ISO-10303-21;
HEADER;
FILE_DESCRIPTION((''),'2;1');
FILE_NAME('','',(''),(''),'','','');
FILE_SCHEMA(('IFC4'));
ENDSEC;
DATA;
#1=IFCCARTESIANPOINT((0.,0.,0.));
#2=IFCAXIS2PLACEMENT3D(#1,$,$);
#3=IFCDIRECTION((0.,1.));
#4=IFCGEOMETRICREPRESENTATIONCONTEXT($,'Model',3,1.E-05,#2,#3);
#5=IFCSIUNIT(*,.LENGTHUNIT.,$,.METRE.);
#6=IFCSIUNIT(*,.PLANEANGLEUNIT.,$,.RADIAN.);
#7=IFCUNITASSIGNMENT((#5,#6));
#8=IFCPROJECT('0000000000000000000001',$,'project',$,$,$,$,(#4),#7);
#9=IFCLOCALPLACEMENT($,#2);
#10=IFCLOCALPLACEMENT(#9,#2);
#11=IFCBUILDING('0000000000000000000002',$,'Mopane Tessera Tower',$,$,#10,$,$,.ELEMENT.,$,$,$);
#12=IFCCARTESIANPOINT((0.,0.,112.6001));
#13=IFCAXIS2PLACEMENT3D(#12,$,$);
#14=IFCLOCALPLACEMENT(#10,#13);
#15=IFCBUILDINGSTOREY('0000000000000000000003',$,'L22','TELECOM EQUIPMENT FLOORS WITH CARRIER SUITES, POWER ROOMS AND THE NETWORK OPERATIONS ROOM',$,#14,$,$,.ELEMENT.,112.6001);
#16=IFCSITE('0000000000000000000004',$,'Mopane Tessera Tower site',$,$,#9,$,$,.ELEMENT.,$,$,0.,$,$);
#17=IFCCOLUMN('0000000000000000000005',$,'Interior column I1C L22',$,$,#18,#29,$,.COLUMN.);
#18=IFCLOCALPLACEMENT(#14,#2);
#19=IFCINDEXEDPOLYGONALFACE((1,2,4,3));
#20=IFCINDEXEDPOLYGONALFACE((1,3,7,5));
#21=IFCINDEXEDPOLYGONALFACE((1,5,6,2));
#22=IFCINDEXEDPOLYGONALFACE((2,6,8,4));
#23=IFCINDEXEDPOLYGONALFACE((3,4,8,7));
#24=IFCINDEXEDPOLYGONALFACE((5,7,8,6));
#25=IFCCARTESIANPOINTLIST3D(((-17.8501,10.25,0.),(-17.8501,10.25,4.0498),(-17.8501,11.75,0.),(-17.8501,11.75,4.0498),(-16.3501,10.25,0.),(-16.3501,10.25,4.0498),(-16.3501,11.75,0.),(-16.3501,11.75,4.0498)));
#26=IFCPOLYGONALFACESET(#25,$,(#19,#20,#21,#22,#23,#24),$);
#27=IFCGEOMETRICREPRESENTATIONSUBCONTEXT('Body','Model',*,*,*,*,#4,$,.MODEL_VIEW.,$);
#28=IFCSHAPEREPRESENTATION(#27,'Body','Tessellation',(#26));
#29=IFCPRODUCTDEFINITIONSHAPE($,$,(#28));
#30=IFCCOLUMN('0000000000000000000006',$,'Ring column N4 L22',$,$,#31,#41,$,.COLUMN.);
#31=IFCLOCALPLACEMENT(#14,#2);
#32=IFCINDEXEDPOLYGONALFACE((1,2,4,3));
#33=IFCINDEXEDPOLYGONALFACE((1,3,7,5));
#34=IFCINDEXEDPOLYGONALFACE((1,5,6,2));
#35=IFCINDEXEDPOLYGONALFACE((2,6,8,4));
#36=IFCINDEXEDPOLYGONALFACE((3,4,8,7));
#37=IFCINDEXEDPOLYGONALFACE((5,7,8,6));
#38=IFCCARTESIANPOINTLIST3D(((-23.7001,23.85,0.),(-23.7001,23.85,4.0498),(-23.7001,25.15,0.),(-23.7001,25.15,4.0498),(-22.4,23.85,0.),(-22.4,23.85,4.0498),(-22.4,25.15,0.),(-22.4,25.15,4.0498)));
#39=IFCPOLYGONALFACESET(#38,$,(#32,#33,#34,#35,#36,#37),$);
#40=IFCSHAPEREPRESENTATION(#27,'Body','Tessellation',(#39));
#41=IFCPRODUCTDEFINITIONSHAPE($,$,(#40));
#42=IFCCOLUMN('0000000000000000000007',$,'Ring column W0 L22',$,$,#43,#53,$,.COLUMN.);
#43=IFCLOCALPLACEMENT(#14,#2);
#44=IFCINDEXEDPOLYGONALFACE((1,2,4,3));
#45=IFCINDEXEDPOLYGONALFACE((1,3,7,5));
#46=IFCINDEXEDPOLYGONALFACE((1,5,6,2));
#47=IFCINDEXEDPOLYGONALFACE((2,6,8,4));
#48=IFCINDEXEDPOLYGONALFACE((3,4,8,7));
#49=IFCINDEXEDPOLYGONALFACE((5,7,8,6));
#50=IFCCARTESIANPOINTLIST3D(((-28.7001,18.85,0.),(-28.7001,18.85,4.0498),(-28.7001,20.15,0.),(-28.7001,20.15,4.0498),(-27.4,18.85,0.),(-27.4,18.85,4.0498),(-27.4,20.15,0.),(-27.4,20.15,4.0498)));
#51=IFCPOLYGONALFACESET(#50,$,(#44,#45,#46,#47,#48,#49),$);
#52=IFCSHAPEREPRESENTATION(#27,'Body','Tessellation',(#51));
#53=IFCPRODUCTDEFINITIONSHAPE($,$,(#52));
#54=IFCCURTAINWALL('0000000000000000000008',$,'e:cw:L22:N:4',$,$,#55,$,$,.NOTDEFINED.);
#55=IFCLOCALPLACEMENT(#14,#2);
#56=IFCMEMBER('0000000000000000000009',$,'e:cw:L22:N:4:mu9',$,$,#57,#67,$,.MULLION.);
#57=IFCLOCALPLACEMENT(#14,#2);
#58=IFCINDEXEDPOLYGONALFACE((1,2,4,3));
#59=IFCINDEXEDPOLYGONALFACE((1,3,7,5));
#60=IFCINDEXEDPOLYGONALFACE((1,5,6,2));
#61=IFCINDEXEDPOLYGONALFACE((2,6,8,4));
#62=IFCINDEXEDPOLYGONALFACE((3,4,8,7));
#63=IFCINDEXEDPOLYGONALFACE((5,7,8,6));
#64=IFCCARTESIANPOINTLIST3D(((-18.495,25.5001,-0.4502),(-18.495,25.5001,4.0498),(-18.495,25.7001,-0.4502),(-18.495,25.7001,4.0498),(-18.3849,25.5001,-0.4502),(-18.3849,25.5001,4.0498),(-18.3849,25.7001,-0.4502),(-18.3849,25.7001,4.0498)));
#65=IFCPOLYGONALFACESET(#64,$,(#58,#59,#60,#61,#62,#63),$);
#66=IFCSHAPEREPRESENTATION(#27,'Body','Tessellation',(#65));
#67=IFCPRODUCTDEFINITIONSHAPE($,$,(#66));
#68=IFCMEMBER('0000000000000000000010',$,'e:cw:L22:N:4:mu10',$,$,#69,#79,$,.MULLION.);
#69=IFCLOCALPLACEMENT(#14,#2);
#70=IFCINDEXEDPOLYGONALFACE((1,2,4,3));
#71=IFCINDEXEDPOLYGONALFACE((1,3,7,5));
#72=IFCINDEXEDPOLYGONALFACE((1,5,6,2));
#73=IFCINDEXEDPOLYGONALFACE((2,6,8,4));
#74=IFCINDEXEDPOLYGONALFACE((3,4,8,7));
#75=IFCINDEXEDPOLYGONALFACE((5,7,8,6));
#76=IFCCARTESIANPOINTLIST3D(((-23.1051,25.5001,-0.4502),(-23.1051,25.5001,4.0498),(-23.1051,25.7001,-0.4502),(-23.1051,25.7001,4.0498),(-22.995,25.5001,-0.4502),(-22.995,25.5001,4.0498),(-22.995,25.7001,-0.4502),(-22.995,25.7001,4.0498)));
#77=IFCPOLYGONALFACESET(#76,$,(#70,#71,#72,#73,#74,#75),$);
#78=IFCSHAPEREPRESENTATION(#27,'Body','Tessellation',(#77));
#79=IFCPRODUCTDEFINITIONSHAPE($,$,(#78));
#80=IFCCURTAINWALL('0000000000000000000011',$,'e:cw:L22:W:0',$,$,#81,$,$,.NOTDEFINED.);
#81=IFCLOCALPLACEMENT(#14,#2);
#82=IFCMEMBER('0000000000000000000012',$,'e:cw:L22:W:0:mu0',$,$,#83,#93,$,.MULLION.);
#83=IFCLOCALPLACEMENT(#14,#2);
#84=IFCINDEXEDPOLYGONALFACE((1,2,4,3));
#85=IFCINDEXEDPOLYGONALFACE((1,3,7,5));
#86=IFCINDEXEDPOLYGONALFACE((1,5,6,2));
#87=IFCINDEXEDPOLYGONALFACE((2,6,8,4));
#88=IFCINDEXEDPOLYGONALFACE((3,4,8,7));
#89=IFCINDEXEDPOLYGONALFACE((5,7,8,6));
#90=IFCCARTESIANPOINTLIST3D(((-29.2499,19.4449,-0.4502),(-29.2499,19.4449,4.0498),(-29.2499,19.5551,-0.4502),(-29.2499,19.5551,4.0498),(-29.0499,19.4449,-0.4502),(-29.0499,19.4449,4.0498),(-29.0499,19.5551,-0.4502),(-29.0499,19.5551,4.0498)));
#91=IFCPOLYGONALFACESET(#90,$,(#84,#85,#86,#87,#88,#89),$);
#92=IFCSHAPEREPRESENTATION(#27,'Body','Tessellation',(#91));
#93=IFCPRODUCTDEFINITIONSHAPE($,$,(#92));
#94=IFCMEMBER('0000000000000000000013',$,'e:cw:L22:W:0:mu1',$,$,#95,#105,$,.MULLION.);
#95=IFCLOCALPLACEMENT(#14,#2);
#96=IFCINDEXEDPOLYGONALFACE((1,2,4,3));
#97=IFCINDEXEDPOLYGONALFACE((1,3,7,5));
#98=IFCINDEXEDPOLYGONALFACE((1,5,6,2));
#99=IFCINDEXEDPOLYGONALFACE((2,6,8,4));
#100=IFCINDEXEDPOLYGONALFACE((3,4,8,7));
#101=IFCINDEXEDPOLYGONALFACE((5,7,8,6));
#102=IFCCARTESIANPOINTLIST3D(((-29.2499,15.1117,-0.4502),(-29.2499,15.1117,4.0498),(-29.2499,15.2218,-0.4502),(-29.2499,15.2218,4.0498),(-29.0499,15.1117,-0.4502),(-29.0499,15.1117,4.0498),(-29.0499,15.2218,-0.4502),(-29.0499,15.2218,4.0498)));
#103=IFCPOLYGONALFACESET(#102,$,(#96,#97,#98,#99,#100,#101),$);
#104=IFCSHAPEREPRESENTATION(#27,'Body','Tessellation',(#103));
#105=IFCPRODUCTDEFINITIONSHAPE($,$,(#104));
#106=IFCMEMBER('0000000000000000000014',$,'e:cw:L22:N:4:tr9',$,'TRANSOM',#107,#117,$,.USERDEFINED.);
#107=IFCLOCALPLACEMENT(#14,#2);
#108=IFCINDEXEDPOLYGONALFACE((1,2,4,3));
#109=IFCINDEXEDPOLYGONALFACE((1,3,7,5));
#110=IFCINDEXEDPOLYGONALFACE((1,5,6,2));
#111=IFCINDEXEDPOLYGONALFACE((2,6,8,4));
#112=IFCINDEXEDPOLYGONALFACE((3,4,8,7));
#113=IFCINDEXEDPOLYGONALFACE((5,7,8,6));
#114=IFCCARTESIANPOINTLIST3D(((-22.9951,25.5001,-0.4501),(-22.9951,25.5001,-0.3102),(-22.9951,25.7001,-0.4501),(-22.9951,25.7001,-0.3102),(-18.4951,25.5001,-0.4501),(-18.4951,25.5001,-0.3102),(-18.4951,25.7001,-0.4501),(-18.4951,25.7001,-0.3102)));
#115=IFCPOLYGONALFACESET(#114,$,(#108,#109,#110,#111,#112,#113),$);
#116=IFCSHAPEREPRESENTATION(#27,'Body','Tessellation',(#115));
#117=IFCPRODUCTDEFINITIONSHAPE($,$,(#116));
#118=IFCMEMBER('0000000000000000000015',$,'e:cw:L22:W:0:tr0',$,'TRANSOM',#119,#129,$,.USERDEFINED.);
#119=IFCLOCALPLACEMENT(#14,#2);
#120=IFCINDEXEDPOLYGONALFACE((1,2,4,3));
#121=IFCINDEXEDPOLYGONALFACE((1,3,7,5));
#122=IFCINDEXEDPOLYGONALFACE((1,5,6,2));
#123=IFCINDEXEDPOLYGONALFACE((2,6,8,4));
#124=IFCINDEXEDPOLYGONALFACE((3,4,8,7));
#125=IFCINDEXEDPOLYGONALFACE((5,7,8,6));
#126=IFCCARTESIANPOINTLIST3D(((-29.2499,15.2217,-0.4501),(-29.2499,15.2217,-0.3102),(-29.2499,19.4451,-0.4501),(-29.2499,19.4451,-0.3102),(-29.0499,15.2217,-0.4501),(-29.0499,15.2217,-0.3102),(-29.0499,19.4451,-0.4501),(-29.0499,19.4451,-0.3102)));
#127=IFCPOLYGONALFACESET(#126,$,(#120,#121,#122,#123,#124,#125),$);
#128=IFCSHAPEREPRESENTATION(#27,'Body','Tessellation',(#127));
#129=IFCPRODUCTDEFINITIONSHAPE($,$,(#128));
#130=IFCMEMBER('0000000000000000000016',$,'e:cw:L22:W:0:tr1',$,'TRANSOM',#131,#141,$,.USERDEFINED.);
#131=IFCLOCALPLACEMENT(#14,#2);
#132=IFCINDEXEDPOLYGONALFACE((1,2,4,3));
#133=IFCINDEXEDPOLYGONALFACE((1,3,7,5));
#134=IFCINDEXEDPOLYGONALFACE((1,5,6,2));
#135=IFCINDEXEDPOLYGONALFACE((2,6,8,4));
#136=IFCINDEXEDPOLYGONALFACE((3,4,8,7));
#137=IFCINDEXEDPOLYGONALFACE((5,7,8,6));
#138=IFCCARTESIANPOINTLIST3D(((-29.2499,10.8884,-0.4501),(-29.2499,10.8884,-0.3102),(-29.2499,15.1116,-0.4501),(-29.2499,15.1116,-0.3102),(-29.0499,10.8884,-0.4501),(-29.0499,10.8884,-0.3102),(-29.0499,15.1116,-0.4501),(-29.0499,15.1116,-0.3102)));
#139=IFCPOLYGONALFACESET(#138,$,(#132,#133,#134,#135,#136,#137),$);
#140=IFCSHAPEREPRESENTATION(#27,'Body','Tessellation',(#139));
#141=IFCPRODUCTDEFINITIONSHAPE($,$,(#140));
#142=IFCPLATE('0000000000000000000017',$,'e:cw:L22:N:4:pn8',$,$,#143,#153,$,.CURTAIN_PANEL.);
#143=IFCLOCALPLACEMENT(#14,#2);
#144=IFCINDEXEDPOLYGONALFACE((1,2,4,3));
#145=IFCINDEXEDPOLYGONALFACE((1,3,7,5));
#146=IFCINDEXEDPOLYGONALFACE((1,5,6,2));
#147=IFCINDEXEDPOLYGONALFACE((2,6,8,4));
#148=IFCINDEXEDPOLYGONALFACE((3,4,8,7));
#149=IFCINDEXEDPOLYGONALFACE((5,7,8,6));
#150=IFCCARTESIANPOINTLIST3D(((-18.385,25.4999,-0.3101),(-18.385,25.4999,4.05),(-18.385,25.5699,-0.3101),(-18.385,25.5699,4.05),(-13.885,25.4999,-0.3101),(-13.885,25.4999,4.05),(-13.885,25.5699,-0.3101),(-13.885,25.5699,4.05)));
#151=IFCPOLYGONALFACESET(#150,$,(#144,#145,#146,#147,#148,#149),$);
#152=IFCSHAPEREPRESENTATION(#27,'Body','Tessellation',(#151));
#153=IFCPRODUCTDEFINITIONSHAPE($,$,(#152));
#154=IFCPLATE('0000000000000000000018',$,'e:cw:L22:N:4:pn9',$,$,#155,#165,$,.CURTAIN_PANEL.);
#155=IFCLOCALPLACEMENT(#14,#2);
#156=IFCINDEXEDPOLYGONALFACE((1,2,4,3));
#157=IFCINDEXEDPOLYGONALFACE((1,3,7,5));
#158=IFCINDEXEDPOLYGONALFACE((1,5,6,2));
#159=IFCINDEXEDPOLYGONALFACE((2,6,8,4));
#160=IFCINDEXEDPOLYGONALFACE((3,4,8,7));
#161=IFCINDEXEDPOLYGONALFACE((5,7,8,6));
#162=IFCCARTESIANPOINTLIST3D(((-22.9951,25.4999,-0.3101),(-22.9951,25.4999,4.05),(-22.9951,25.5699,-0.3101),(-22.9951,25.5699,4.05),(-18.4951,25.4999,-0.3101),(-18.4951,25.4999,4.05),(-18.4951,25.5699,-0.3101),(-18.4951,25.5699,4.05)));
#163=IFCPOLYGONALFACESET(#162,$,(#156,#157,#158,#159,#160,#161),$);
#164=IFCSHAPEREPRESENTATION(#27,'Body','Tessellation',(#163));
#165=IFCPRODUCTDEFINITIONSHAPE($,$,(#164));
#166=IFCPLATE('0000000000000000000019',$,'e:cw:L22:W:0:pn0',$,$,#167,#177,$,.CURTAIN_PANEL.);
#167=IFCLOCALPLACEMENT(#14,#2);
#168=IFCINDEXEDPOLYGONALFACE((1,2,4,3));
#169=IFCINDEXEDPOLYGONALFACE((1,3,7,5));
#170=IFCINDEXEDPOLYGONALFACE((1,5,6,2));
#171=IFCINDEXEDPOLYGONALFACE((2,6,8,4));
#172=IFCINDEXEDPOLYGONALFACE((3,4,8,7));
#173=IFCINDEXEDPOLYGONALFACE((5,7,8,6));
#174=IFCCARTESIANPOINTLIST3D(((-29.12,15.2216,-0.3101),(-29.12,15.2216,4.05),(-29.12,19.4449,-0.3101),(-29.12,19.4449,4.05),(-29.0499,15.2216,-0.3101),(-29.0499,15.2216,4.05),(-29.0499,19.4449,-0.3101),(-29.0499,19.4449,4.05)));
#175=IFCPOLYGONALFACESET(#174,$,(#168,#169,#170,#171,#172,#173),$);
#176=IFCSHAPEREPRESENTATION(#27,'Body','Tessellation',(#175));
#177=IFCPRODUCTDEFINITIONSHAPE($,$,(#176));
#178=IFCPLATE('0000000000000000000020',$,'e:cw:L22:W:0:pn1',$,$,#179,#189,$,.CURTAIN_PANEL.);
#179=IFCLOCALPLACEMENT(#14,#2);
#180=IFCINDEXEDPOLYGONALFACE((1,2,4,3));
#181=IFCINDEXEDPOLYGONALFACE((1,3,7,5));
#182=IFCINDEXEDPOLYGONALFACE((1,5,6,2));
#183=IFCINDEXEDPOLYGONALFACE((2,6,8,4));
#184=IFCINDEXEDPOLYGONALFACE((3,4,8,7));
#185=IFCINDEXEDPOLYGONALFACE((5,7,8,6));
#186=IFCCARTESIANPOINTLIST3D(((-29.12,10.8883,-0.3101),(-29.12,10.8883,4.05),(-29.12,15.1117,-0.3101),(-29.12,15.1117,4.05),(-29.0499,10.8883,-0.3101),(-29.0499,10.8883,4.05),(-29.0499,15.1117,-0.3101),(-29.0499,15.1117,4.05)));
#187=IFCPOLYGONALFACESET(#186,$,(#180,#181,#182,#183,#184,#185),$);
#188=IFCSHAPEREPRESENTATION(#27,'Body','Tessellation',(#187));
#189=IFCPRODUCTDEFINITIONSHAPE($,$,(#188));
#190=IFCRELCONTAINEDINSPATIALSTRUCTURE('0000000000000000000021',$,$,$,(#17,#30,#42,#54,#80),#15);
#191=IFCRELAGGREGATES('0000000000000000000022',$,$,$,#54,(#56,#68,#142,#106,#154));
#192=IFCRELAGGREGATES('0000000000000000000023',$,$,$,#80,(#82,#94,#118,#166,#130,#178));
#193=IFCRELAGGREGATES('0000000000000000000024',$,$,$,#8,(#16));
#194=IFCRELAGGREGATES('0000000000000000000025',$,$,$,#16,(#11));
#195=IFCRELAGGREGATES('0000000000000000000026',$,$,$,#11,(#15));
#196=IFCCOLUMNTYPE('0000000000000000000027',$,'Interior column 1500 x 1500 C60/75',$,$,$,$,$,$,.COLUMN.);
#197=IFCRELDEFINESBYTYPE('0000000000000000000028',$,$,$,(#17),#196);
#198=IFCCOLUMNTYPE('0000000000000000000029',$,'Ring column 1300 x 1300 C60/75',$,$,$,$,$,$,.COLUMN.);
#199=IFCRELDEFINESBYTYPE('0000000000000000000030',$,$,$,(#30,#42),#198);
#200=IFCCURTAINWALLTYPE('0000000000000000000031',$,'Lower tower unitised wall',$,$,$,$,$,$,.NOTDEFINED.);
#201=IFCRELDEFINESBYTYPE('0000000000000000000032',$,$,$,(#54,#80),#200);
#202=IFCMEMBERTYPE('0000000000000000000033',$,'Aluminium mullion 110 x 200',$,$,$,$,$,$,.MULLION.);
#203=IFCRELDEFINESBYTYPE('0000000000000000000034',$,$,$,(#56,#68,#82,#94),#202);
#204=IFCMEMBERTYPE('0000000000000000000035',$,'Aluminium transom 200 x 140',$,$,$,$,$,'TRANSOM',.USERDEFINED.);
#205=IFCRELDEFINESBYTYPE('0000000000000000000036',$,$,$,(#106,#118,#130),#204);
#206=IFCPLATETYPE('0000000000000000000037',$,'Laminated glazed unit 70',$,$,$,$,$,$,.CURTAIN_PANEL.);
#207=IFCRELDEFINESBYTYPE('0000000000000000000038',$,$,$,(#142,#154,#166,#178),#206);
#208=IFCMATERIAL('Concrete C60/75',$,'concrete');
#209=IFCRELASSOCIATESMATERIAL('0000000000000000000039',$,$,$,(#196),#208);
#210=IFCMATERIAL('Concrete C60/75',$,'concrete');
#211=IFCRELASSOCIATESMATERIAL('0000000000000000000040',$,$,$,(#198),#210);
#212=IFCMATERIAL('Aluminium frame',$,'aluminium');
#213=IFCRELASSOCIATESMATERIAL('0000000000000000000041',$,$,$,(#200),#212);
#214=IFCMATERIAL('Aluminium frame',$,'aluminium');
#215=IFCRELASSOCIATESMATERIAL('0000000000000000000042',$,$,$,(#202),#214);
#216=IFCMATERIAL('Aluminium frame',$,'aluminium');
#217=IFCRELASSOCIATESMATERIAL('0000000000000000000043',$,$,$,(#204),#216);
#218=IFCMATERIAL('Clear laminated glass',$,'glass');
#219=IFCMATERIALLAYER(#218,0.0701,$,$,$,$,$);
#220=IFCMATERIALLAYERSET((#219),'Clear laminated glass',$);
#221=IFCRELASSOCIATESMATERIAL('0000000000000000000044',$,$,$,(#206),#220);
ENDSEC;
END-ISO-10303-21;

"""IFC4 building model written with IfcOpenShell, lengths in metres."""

from ifc_helpers import new_model, si_unit, direction, frame, origin, origin_2d, place, context, subcontext, project, spatial, rectangle, extrude, material, layer, layer_set, material_profile, profile_set, type_object, element, aggregate, save


model = new_model("IFC4")

# Units and contexts
model_context = context("Model", 3, precision=1e-05, world=origin(), true_north=direction((0.0, 1.0)))
body_context = subcontext(model_context, "Body", "Model", "MODEL_VIEW")
ifc_project = project(units=[si_unit("LENGTHUNIT", "METRE"), si_unit("PLANEANGLEUNIT", "RADIAN")], contexts=[model_context])

# Site, building, storey
site_placement = place(None, origin())
site = spatial("IfcSite", under=ifc_project, at=site_placement, Name="Mopane Tessera Tower site", CompositionType="ELEMENT", RefElevation=0.0)
building_placement = place(site_placement, origin())
building = spatial("IfcBuilding", under=site, at=building_placement, Name="Mopane Tessera Tower", CompositionType="ELEMENT")
storey_placement = place(building_placement, frame((0.0, 0.0, 112.6001)))
storey = spatial("IfcBuildingStorey", under=building, at=storey_placement, Name="L22", Description="TELECOM EQUIPMENT FLOORS WITH CARRIER SUITES, POWER ROOMS AND THE NETWORK OPERATIONS ROOM", CompositionType="ELEMENT", Elevation=112.6001)

# Columns
ifc_material_1 = material(Name="Concrete C60/75", Category="concrete")
ifc_material_profile_1 = material_profile(ifc_material_1, rectangle(XDim=1.5, YDim=1.5, at=origin_2d()))
ifc_profile_set_1 = profile_set([ifc_material_profile_1], Name="Concrete C60/75")
column_type_1 = type_object("IfcColumnType", Name="Interior column 1500 x 1500 C60/75", PredefinedType="COLUMN", material=ifc_profile_set_1)
column_placement = place(storey_placement, frame((-17.1001, 11.0, 0.0), z_axis=(0.0, 0.0, 1.0), x_axis=(1.0, 0.0, 0.0)))
element("IfcColumn", 1, at=column_placement, inside=storey, type_object=column_type_1, Name="Interior column I1C L22", PredefinedType="COLUMN", context=body_context, shape_type="SweptSolid", body=[
    extrude(rectangle(XDim=1.5, YDim=1.5, at=origin_2d()), origin(), (0.0, 0.0, 1.0), 4.0498),
])
ifc_material_2 = material(Name="Concrete C60/75", Category="concrete")
ifc_material_profile_2 = material_profile(ifc_material_2, rectangle(XDim=1.3, YDim=1.3, at=origin_2d()))
ifc_profile_set_2 = profile_set([ifc_material_profile_2], Name="Concrete C60/75")
column_type_2 = type_object("IfcColumnType", Name="Ring column 1300 x 1300 C60/75", PredefinedType="COLUMN", material=ifc_profile_set_2)
for number, where, z_axis, x_axis, name in (
    (2, (-23.05, 24.5, 0.0), (0.0, 0.0, 1.0), (1.0, 0.0, 0.0), "Ring column N4 L22"),
    (3, (-28.05, 19.5, 0.0), (0.0, 0.0, 1.0), (1.0, 0.0, 0.0), "Ring column W0 L22"),
):
    element("IfcColumn", number, at=place(storey_placement, frame(where, z_axis=z_axis, x_axis=x_axis)), inside=storey, type_object=column_type_2, Name=name, PredefinedType="COLUMN", context=body_context, shape_type="SweptSolid", body=[
        extrude(rectangle(XDim=1.3, YDim=1.3, at=origin_2d()), origin(), (0.0, 0.0, 1.0), 4.0498),
    ])

# Curtain walls, members
ifc_material_3 = material(Name="Aluminium frame", Category="aluminium")
curtain_wall_type = type_object("IfcCurtainWallType", Name="Lower tower unitised wall", PredefinedType="NOTDEFINED", material=ifc_material_3)
curtain_wall_1_placement = place(storey_placement, origin())
curtain_wall_1 = element("IfcCurtainWall", 4, at=curtain_wall_1_placement, inside=storey, type_object=curtain_wall_type, Name="e:cw:L22:N:4", PredefinedType="NOTDEFINED")
ifc_material_4 = material(Name="Aluminium frame", Category="aluminium")
ifc_material_profile_3 = material_profile(ifc_material_4, rectangle(XDim=0.1101, YDim=0.2, at=origin_2d()))
ifc_profile_set_3 = profile_set([ifc_material_profile_3], Name="Aluminium frame")
member_type_1 = type_object("IfcMemberType", Name="Aluminium mullion 110 x 200", PredefinedType="MULLION", material=ifc_profile_set_3)
member_1_placement = place(storey_placement, frame((-18.4399, 25.6001, -0.4502), z_axis=(0.0, 0.0, 1.0), x_axis=(-1.0, 0.0, 0.0)))
member_1 = element("IfcMember", 5, at=member_1_placement, type_object=member_type_1, Name="e:cw:L22:N:4:mu9", PredefinedType="MULLION", context=body_context, shape_type="SweptSolid", body=[
    extrude(rectangle(XDim=0.1101, YDim=0.2, at=origin_2d()), origin(), (0.0, 0.0, 1.0), 4.5),
])
member_2_placement = place(storey_placement, frame((-23.05, 25.6001, -0.4502), z_axis=(0.0, 0.0, 1.0), x_axis=(-1.0, 0.0, 0.0)))
member_2 = element("IfcMember", 6, at=member_2_placement, type_object=member_type_1, Name="e:cw:L22:N:4:mu10", PredefinedType="MULLION", context=body_context, shape_type="SweptSolid", body=[
    extrude(rectangle(XDim=0.1101, YDim=0.2, at=origin_2d()), origin(), (0.0, 0.0, 1.0), 4.5),
])
curtain_wall_2_placement = place(storey_placement, origin())
curtain_wall_2 = element("IfcCurtainWall", 7, at=curtain_wall_2_placement, inside=storey, type_object=curtain_wall_type, Name="e:cw:L22:W:0", PredefinedType="NOTDEFINED")
member_3_placement = place(storey_placement, frame((-29.1499, 19.5, -0.4502), z_axis=(0.0, 0.0, 1.0), x_axis=(0.0, -1.0, 0.0)))
member_3 = element("IfcMember", 8, at=member_3_placement, type_object=member_type_1, Name="e:cw:L22:W:0:mu0", PredefinedType="MULLION", context=body_context, shape_type="SweptSolid", body=[
    extrude(rectangle(XDim=0.1101, YDim=0.2, at=origin_2d()), origin(), (0.0, 0.0, 1.0), 4.5),
])
member_4_placement = place(storey_placement, frame((-29.1499, 15.1667, -0.4502), z_axis=(0.0, 0.0, 1.0), x_axis=(0.0, -1.0, 0.0)))
member_4 = element("IfcMember", 9, at=member_4_placement, type_object=member_type_1, Name="e:cw:L22:W:0:mu1", PredefinedType="MULLION", context=body_context, shape_type="SweptSolid", body=[
    extrude(rectangle(XDim=0.1101, YDim=0.2, at=origin_2d()), origin(), (0.0, 0.0, 1.0), 4.5),
])

# Members
ifc_material_5 = material(Name="Aluminium frame", Category="aluminium")
ifc_material_profile_4 = material_profile(ifc_material_5, rectangle(XDim=0.2, YDim=0.1399, at=origin_2d()))
ifc_profile_set_4 = profile_set([ifc_material_profile_4], Name="Aluminium frame")
member_type_2 = type_object("IfcMemberType", Name="Aluminium transom 200 x 140", ElementType="TRANSOM", PredefinedType="USERDEFINED", material=ifc_profile_set_4)
member_5_placement = place(storey_placement, frame((-18.4951, 25.6001, -0.3801), z_axis=(-1.0, 0.0, 0.0), x_axis=(0.0, -1.0, 0.0)))
member_5 = element("IfcMember", 10, at=member_5_placement, type_object=member_type_2, Name="e:cw:L22:N:4:tr9", ObjectType="TRANSOM", PredefinedType="USERDEFINED", context=body_context, shape_type="SweptSolid", body=[
    extrude(rectangle(XDim=0.2, YDim=0.1399, at=origin_2d()), origin(), (0.0, 0.0, 1.0), 4.5),
])
member_6_placement = place(storey_placement, frame((-29.1499, 19.4451, -0.3801), z_axis=(0.0, -1.0, 0.0), x_axis=(1.0, 0.0, 0.0)))
member_6 = element("IfcMember", 11, at=member_6_placement, type_object=member_type_2, Name="e:cw:L22:W:0:tr0", ObjectType="TRANSOM", PredefinedType="USERDEFINED", context=body_context, shape_type="SweptSolid", body=[
    extrude(rectangle(XDim=0.2, YDim=0.1399, at=origin_2d()), origin(), (0.0, 0.0, 1.0), 4.2234),
])
member_7_placement = place(storey_placement, frame((-29.1499, 15.1116, -0.3801), z_axis=(0.0, -1.0, 0.0), x_axis=(1.0, 0.0, 0.0)))
member_7 = element("IfcMember", 12, at=member_7_placement, type_object=member_type_2, Name="e:cw:L22:W:0:tr1", ObjectType="TRANSOM", PredefinedType="USERDEFINED", context=body_context, shape_type="SweptSolid", body=[
    extrude(rectangle(XDim=0.2, YDim=0.1399, at=origin_2d()), origin(), (0.0, 0.0, 1.0), 4.2231),
])

# Plates
ifc_material_6 = material(Name="Clear laminated glass", Category="glass")
ifc_layer_1 = layer(ifc_material_6, 0.0701)
ifc_layer_set_1 = layer_set([ifc_layer_1], Name="Clear laminated glass")
plate_type = type_object("IfcPlateType", Name="Laminated glazed unit 70", PredefinedType="CURTAIN_PANEL", material=ifc_layer_set_1)
plate_1_placement = place(storey_placement, frame((-16.135, 25.5349, -0.3101), z_axis=(0.0, 0.0, 1.0), x_axis=(-1.0, 0.0, 0.0)))
plate_1 = element("IfcPlate", 13, at=plate_1_placement, type_object=plate_type, Name="e:cw:L22:N:4:pn8", PredefinedType="CURTAIN_PANEL", context=body_context, shape_type="SweptSolid", body=[
    extrude(rectangle(XDim=4.5, YDim=0.0701, at=origin_2d()), origin(), (0.0, 0.0, 1.0), 4.3601),
])
plate_2_placement = place(storey_placement, frame((-20.7451, 25.5349, -0.3101), z_axis=(0.0, 0.0, 1.0), x_axis=(-1.0, 0.0, 0.0)))
plate_2 = element("IfcPlate", 14, at=plate_2_placement, type_object=plate_type, Name="e:cw:L22:N:4:pn9", PredefinedType="CURTAIN_PANEL", context=body_context, shape_type="SweptSolid", body=[
    extrude(rectangle(XDim=4.5, YDim=0.0701, at=origin_2d()), origin(), (0.0, 0.0, 1.0), 4.3601),
])
aggregate(curtain_wall_1, [member_1, member_2, plate_1, member_5, plate_2])
plate_3_placement = place(storey_placement, frame((-29.085, 17.3333, -0.3101), z_axis=(0.0, 0.0, 1.0), x_axis=(0.0, -1.0, 0.0)))
plate_3 = element("IfcPlate", 15, at=plate_3_placement, type_object=plate_type, Name="e:cw:L22:W:0:pn0", PredefinedType="CURTAIN_PANEL", context=body_context, shape_type="SweptSolid", body=[
    extrude(rectangle(XDim=4.2234, YDim=0.0701, at=origin_2d()), origin(), (0.0, 0.0, 1.0), 4.3601),
])
plate_4_placement = place(storey_placement, frame((-29.085, 13.0, -0.3101), z_axis=(0.0, 0.0, 1.0), x_axis=(0.0, -1.0, 0.0)))
plate_4 = element("IfcPlate", 16, at=plate_4_placement, type_object=plate_type, Name="e:cw:L22:W:0:pn1", PredefinedType="CURTAIN_PANEL", context=body_context, shape_type="SweptSolid", body=[
    extrude(rectangle(XDim=4.2234, YDim=0.0701, at=origin_2d()), origin(), (0.0, 0.0, 1.0), 4.3601),
])
aggregate(curtain_wall_2, [member_3, member_4, member_6, plate_3, member_7, plate_4])

save(model, "model.ifc")
